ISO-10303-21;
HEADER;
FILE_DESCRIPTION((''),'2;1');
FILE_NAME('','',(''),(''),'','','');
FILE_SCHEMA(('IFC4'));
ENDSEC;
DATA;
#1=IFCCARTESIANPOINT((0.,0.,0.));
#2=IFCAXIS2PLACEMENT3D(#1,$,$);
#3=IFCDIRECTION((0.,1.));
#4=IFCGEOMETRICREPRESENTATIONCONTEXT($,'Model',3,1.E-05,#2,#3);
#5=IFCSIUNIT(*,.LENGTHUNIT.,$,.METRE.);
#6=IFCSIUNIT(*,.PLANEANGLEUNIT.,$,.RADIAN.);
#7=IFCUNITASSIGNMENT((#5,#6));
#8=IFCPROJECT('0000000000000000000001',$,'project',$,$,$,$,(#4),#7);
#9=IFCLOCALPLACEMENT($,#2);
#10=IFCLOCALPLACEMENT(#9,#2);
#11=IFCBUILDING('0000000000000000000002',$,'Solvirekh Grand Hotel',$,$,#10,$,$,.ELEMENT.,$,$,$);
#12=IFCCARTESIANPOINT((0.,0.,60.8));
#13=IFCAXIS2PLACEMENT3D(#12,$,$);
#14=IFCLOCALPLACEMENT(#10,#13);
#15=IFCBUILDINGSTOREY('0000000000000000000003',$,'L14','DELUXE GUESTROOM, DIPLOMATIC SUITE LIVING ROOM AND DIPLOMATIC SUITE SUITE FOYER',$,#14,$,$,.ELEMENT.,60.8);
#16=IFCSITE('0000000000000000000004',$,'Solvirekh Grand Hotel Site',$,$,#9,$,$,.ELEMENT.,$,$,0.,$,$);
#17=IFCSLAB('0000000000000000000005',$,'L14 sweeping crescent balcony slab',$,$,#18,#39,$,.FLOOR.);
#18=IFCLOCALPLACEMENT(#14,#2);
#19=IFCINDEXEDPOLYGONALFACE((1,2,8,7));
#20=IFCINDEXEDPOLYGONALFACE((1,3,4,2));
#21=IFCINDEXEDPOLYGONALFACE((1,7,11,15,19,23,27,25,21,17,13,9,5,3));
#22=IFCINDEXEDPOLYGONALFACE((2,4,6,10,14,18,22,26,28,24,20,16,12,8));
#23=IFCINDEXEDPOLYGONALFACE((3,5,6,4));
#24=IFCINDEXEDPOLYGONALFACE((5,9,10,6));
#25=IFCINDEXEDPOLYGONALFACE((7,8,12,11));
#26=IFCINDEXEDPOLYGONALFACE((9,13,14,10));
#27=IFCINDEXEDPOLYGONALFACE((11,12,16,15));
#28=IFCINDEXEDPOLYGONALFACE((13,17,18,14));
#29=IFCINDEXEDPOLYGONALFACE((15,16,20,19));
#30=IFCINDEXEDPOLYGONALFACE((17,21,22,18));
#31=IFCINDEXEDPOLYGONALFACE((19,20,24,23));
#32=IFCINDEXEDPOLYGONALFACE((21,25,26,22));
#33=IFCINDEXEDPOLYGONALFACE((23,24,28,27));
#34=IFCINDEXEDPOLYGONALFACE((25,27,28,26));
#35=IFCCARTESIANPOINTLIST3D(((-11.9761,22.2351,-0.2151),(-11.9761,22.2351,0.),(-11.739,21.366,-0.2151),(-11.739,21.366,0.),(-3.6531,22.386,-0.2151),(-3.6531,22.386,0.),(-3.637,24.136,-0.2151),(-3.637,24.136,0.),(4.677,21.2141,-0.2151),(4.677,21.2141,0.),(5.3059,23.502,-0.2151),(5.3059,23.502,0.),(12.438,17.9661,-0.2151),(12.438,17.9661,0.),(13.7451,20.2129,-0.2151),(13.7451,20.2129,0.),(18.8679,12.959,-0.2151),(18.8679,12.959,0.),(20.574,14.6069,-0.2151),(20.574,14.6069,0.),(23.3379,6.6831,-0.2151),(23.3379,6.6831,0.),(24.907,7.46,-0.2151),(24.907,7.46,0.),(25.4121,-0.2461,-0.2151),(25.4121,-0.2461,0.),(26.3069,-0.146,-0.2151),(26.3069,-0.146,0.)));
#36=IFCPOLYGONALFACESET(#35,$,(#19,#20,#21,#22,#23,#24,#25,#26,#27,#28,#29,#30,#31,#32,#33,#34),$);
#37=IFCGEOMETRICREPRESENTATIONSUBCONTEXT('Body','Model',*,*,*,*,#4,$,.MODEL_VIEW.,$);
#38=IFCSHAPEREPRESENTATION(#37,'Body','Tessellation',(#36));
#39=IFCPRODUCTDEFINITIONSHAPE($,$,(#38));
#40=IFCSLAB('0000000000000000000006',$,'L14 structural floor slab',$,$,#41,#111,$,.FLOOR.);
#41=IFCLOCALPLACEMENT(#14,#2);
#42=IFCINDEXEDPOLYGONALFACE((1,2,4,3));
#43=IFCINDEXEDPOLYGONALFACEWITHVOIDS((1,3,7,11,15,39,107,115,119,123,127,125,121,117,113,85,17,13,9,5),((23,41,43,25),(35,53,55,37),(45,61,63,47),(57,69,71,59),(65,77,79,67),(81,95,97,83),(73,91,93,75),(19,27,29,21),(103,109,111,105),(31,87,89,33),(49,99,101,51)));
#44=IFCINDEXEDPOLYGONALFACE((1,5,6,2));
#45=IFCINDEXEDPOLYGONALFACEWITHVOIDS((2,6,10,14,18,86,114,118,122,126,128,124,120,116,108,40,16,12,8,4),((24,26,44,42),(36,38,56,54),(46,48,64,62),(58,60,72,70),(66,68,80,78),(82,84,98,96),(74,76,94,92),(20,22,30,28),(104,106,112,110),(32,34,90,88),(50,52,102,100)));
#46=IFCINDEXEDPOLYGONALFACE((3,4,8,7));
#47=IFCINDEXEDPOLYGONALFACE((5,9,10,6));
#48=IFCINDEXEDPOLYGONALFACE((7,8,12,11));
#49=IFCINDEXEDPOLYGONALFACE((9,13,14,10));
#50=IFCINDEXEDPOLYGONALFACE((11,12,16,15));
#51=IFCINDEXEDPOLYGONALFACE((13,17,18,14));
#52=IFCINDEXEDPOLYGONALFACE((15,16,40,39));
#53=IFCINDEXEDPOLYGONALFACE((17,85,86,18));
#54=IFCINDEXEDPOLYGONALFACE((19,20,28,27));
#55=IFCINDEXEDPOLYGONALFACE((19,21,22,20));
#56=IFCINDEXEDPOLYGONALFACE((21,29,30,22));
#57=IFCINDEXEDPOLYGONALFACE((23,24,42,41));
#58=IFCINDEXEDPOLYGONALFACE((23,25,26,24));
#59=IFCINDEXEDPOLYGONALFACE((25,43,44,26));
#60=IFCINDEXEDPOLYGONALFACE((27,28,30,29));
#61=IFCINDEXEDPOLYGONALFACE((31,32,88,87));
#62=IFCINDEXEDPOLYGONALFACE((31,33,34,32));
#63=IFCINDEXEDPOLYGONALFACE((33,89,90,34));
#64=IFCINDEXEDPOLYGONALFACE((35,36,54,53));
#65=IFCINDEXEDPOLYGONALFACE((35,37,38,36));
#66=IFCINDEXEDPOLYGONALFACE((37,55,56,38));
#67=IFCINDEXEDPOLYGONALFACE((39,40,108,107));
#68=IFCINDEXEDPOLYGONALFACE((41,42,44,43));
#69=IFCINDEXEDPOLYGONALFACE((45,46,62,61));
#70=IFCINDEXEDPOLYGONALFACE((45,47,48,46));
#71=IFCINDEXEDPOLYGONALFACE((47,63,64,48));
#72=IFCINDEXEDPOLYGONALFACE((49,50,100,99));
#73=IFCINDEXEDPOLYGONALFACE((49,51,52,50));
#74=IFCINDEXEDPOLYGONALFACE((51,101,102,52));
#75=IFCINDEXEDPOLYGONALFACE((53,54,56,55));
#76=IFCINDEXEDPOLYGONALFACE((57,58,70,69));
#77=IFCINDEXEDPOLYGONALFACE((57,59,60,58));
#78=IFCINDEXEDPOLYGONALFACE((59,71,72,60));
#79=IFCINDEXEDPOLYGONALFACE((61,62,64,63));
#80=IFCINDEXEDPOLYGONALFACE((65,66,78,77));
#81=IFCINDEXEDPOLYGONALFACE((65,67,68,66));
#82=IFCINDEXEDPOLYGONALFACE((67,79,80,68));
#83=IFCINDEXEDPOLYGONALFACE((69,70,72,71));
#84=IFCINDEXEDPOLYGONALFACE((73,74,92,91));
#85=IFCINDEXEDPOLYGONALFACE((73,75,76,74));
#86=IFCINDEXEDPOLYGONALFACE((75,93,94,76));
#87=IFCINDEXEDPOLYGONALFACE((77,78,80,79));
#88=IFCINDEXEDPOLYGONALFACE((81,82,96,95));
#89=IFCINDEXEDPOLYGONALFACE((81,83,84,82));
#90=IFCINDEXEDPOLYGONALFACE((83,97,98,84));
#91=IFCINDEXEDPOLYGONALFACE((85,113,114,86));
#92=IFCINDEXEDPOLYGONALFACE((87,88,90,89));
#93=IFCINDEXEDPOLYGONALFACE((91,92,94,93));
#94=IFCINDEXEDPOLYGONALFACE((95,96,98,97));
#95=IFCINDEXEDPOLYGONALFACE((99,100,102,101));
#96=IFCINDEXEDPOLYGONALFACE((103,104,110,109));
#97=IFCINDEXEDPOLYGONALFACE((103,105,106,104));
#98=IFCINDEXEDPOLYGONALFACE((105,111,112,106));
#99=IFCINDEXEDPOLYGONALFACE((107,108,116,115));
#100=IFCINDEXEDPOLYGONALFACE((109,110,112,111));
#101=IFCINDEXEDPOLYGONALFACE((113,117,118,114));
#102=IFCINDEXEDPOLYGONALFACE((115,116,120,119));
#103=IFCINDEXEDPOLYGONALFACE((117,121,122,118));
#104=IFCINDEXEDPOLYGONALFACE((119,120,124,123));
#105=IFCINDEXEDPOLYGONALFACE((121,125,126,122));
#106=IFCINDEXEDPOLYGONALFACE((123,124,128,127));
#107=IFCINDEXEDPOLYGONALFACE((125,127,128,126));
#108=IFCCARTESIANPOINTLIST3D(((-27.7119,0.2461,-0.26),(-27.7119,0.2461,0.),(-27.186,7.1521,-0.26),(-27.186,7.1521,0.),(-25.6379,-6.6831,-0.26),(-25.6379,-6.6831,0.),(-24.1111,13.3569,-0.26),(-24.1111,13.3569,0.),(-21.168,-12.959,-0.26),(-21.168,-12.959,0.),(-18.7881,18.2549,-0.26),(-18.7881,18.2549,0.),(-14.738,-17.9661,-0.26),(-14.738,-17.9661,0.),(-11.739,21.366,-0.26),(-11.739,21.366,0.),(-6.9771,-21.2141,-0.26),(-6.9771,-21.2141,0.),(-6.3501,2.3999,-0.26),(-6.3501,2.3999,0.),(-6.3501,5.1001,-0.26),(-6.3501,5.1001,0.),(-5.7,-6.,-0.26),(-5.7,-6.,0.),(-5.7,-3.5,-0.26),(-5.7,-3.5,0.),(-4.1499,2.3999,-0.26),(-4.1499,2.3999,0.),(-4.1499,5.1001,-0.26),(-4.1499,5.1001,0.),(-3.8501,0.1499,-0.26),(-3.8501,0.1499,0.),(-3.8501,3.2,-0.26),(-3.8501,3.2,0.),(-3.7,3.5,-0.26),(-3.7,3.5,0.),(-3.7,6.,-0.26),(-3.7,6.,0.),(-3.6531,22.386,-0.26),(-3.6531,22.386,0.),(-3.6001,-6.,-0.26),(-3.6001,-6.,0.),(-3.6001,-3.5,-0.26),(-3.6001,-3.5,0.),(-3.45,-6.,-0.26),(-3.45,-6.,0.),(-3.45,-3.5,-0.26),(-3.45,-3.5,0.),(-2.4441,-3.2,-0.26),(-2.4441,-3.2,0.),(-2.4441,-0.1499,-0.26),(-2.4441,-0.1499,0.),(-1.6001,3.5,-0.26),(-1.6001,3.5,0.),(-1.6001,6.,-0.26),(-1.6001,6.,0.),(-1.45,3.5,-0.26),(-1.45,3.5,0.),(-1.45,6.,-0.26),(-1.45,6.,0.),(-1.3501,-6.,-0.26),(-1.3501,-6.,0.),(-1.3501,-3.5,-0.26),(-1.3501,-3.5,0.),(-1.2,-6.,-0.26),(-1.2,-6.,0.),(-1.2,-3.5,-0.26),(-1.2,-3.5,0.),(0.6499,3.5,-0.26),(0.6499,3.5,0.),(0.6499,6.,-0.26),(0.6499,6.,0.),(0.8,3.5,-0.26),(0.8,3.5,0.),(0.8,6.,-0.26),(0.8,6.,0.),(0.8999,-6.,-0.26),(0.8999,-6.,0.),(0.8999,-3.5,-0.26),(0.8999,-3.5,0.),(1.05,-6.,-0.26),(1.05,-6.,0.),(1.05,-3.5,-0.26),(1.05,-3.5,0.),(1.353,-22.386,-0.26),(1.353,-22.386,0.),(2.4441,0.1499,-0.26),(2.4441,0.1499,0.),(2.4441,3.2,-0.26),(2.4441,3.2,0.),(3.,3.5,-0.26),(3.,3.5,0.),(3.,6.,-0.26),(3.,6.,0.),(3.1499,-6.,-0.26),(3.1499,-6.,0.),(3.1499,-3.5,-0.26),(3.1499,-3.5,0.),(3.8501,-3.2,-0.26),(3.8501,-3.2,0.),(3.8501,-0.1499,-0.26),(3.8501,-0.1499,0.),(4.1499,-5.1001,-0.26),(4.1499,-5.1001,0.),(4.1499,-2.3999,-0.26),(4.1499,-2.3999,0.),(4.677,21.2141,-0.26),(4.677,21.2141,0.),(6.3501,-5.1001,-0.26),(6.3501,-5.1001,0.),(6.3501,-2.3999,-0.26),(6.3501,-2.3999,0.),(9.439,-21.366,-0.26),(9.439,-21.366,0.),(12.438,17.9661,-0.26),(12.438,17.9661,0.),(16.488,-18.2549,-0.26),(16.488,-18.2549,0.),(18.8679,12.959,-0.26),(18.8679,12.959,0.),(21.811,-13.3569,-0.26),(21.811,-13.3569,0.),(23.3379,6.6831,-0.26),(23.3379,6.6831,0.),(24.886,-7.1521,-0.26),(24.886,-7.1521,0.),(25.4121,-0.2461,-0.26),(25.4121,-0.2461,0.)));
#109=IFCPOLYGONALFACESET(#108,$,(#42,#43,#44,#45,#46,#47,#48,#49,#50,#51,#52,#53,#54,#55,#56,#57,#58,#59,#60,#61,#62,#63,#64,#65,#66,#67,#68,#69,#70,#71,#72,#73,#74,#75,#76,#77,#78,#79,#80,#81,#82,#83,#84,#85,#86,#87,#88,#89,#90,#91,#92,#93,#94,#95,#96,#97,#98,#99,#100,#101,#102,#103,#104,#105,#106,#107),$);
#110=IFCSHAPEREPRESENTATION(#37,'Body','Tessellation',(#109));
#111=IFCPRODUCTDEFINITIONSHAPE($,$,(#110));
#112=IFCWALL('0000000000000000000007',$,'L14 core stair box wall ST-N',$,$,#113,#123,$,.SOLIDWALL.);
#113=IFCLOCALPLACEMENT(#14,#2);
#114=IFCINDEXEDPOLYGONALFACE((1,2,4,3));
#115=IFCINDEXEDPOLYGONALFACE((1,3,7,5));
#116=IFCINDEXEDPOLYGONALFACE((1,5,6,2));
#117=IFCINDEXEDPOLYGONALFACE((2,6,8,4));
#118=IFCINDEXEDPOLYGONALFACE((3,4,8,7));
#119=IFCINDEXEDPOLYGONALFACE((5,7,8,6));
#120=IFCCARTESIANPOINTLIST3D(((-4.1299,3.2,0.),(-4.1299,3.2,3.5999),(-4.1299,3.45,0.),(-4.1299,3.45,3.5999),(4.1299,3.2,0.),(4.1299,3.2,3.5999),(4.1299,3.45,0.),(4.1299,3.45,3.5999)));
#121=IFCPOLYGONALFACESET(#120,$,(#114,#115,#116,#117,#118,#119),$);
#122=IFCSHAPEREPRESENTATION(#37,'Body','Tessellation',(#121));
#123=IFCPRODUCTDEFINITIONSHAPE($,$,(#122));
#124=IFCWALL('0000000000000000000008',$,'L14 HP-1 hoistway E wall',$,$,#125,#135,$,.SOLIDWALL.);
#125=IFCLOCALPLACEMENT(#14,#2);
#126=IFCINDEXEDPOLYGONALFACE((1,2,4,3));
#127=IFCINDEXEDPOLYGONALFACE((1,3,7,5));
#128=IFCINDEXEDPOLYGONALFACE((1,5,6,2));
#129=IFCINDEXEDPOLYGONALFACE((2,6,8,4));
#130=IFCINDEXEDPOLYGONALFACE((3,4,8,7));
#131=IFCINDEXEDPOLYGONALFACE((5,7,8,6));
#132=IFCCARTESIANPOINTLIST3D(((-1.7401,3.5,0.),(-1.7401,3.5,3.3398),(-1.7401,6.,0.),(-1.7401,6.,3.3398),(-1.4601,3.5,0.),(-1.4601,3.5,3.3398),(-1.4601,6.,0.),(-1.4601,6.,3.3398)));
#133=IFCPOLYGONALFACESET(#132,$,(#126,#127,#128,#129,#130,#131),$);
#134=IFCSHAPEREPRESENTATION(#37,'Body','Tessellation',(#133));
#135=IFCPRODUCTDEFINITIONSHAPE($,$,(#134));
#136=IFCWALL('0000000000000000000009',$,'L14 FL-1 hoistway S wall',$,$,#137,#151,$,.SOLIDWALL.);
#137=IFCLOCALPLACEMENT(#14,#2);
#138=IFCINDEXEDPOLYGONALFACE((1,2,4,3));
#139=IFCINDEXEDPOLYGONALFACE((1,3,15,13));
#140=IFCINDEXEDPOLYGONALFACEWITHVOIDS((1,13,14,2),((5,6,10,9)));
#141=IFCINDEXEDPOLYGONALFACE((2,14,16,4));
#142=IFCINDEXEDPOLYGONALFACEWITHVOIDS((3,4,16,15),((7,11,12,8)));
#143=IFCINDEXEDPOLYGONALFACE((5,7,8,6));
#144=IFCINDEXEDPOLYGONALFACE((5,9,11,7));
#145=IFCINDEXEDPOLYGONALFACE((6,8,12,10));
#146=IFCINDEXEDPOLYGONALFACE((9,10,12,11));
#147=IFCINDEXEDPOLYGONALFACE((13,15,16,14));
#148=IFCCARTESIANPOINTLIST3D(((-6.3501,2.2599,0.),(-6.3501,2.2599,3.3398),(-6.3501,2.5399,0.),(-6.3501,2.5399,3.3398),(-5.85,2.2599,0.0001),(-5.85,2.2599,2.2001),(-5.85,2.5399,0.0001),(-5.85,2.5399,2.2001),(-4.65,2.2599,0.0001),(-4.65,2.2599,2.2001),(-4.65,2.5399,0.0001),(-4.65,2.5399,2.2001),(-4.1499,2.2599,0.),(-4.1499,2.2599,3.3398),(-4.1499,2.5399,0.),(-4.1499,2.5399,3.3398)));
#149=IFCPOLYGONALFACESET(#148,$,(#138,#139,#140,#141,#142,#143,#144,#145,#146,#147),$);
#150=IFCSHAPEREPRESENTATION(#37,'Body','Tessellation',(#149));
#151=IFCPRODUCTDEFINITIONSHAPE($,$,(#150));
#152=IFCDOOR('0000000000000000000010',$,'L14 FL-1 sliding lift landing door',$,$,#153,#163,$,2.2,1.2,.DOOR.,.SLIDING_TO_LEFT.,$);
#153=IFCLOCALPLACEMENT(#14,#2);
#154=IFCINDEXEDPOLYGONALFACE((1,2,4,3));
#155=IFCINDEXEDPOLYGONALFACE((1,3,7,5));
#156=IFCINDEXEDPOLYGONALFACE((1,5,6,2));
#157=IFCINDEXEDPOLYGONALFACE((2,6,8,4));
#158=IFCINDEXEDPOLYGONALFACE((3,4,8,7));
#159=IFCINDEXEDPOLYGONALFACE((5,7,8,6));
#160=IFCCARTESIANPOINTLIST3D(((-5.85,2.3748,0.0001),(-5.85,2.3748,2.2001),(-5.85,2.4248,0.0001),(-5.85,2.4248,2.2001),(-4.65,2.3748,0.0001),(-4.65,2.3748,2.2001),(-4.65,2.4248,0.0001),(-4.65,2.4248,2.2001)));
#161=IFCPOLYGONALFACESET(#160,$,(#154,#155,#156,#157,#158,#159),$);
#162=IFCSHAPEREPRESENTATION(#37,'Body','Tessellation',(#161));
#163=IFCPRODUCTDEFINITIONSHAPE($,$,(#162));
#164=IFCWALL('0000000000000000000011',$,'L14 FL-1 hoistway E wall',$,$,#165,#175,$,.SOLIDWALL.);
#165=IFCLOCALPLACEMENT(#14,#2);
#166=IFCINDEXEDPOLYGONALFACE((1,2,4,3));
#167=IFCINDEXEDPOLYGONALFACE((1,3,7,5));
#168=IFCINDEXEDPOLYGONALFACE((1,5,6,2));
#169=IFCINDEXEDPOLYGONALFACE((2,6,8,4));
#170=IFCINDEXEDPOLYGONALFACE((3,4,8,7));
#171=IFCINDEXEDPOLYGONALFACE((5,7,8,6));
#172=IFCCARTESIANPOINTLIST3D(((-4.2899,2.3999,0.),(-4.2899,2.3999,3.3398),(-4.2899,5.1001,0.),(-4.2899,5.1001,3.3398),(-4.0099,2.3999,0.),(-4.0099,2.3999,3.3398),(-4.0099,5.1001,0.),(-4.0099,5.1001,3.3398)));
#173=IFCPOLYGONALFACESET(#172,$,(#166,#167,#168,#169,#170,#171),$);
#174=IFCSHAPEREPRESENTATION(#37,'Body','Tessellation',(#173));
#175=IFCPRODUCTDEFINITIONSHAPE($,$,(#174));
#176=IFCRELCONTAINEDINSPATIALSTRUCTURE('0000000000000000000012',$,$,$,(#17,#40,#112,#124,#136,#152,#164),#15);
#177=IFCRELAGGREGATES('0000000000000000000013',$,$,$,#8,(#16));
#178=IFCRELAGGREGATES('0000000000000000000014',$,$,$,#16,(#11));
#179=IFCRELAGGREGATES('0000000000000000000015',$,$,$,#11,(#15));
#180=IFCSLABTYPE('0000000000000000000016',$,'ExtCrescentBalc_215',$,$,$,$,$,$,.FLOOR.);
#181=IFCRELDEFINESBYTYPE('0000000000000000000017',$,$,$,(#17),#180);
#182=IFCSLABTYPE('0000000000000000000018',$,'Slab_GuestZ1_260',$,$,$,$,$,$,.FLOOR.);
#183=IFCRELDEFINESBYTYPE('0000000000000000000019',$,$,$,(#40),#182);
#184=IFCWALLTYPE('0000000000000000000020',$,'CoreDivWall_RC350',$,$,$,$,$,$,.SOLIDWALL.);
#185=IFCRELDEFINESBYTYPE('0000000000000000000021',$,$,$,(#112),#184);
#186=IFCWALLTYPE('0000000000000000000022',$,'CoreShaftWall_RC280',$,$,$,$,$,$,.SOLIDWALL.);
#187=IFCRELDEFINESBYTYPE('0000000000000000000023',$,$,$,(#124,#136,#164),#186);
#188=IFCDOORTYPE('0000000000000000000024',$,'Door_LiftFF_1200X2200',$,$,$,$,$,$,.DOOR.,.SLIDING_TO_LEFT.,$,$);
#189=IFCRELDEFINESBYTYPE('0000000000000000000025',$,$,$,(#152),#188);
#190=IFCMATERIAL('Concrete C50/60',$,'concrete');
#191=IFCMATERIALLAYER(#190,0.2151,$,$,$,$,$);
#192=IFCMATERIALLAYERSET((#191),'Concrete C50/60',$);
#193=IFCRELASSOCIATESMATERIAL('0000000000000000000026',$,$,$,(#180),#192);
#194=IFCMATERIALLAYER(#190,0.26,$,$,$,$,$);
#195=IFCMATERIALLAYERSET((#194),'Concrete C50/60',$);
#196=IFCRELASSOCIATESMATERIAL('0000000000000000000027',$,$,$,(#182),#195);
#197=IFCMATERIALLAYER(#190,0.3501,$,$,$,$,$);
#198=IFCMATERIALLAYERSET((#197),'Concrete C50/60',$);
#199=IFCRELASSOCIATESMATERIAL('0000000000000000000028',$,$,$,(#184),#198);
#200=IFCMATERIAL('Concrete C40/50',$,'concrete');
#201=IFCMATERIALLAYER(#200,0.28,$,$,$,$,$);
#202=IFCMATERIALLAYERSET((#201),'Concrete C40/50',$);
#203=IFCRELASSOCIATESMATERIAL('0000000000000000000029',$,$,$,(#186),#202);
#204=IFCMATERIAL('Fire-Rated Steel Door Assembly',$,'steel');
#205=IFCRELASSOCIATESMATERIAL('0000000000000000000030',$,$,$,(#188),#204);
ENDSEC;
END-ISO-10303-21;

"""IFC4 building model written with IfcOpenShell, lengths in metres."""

from ifc_helpers import new_model, si_unit, direction, frame, frame_2d, origin, place, context, subcontext, project, spatial, polyline, rectangle, outline, extrude, material, layer, layer_set, type_object, element, fill, save


model = new_model("IFC4")

# Units and contexts
model_context = context("Model", 3, precision=1e-05, world=origin(), true_north=direction((0.0, 1.0)))
body_context = subcontext(model_context, "Body", "Model", "MODEL_VIEW")
ifc_project = project(units=[si_unit("LENGTHUNIT", "METRE"), si_unit("PLANEANGLEUNIT", "RADIAN")], contexts=[model_context])

# Site, building, storey
site_placement = place(None, origin())
site = spatial("IfcSite", under=ifc_project, at=site_placement, Name="Solvirekh Grand Hotel Site", CompositionType="ELEMENT", RefElevation=0.0)
building_placement = place(site_placement, origin())
building = spatial("IfcBuilding", under=site, at=building_placement, Name="Solvirekh Grand Hotel", CompositionType="ELEMENT")
storey_placement = place(building_placement, frame((0.0, 0.0, 60.8)))
storey = spatial("IfcBuildingStorey", under=building, at=storey_placement, Name="L14", Description="DELUXE GUESTROOM, DIPLOMATIC SUITE LIVING ROOM AND DIPLOMATIC SUITE SUITE FOYER", CompositionType="ELEMENT", Elevation=60.8)

# Slabs
ifc_material_1 = material(Name="Concrete C50/60", Category="concrete")
ifc_layer_1 = layer(ifc_material_1, 0.2151)
ifc_layer_set_1 = layer_set([ifc_layer_1], Name="Concrete C50/60")
slab_type_1 = type_object("IfcSlabType", Name="ExtCrescentBalc_215", PredefinedType="FLOOR", material=ifc_layer_set_1)
slab_1_placement = place(storey_placement, frame((0.0, 0.0, -0.2151)))
element("IfcSlab", 1, at=slab_1_placement, inside=storey, type_object=slab_type_1, Name="L14 sweeping crescent balcony slab", PredefinedType="FLOOR", context=body_context, shape_type="SweptSolid", body=[
    extrude(outline(polyline([(26.3069, -0.146), (24.907, 7.46), (20.574, 14.6069), (13.7451, 20.2129), (5.3059, 23.502), (-3.637, 24.136), (-11.9761, 22.2351), (-11.739, 21.366), (-3.6531, 22.386), (4.677, 21.2141), (12.438, 17.9661), (18.8679, 12.959), (23.3379, 6.6831), (25.4121, -0.2461), (26.3069, -0.146)])), origin(), (0.0, 0.0, 1.0), 0.2151),
])
ifc_layer_2 = layer(ifc_material_1, 0.26)
ifc_layer_set_2 = layer_set([ifc_layer_2], Name="Concrete C50/60")
slab_type_2 = type_object("IfcSlabType", Name="Slab_GuestZ1_260", PredefinedType="FLOOR", material=ifc_layer_set_2)
slab_2_placement = place(storey_placement, frame((0.0, 0.0, -0.26)))
element("IfcSlab", 2, at=slab_2_placement, inside=storey, type_object=slab_type_2, Name="L14 structural floor slab", PredefinedType="FLOOR", context=body_context, shape_type="SweptSolid", body=[
    extrude(outline(polyline([(24.886, -7.1521), (25.4121, -0.2461), (23.3379, 6.6831), (18.8679, 12.959), (12.438, 17.9661), (4.677, 21.2141), (-3.6531, 22.386), (-11.739, 21.366), (-18.7881, 18.2549), (-24.1111, 13.3569), (-27.186, 7.1521), (-27.7119, 0.2461), (-25.6379, -6.6831), (-21.168, -12.959), (-14.738, -17.9661), (-6.9771, -21.2141), (1.353, -22.386), (9.439, -21.366), (16.488, -18.2549), (21.811, -13.3569), (24.886, -7.1521)]), holes=[polyline([(-2.4441, -0.1499), (3.8501, -0.1499), (3.8501, -3.2), (-2.4441, -3.2), (-2.4441, -0.1499)]), polyline([(2.4441, 0.1499), (-3.8501, 0.1499), (-3.8501, 3.2), (2.4441, 3.2), (2.4441, 0.1499)]), polyline([(-5.7, -3.5), (-3.6001, -3.5), (-3.6001, -6.0), (-5.7, -6.0), (-5.7, -3.5)]), polyline([(-3.45, -3.5), (-1.3501, -3.5), (-1.3501, -6.0), (-3.45, -6.0), (-3.45, -3.5)]), polyline([(-1.2, -3.5), (0.8999, -3.5), (0.8999, -6.0), (-1.2, -6.0), (-1.2, -3.5)]), polyline([(1.05, -3.5), (3.1499, -3.5), (3.1499, -6.0), (1.05, -6.0), (1.05, -3.5)]), polyline([(-3.7, 6.0), (-1.6001, 6.0), (-1.6001, 3.5), (-3.7, 3.5), (-3.7, 6.0)]), polyline([(-1.45, 6.0), (0.6499, 6.0), (0.6499, 3.5), (-1.45, 3.5), (-1.45, 6.0)]), polyline([(0.8, 6.0), (3.0, 6.0), (3.0, 3.5), (0.8, 3.5), (0.8, 6.0)]), polyline([(-6.3501, 5.1001), (-4.1499, 5.1001), (-4.1499, 2.3999), (-6.3501, 2.3999), (-6.3501, 5.1001)]), polyline([(4.1499, -2.3999), (6.3501, -2.3999), (6.3501, -5.1001), (4.1499, -5.1001), (4.1499, -2.3999)])]), origin(), (0.0, 0.0, 1.0), 0.26),
])

# Walls
ifc_layer_3 = layer(ifc_material_1, 0.3501)
ifc_layer_set_3 = layer_set([ifc_layer_3], Name="Concrete C50/60")
wall_type_1 = type_object("IfcWallType", Name="CoreDivWall_RC350", PredefinedType="SOLIDWALL", material=ifc_layer_set_3)
wall_1_placement = place(storey_placement, frame((-4.1299, 3.325, 0.0), z_axis=(0.0, 0.0, 1.0), x_axis=(1.0, 0.0, 0.0)))
element("IfcWall", 3, at=wall_1_placement, inside=storey, type_object=wall_type_1, Name="L14 core stair box wall ST-N", PredefinedType="SOLIDWALL", context=body_context, shape_type="SweptSolid", body=[
    extrude(rectangle(XDim=8.2598, YDim=0.25, at=frame_2d((4.1299, 0.0))), origin(), (0.0, 0.0, 1.0), 3.5999),
])
ifc_material_2 = material(Name="Concrete C40/50", Category="concrete")
ifc_layer_4 = layer(ifc_material_2, 0.28)
ifc_layer_set_4 = layer_set([ifc_layer_4], Name="Concrete C40/50")
wall_type_2 = type_object("IfcWallType", Name="CoreShaftWall_RC280", PredefinedType="SOLIDWALL", material=ifc_layer_set_4)
wall_2_placement = place(storey_placement, frame((-1.6001, 3.5, 0.0), z_axis=(0.0, 0.0, 1.0), x_axis=(0.0, 1.0, 0.0)))
element("IfcWall", 4, at=wall_2_placement, inside=storey, type_object=wall_type_2, Name="L14 HP-1 hoistway E wall", PredefinedType="SOLIDWALL", context=body_context, shape_type="SweptSolid", body=[
    extrude(rectangle(XDim=2.5, YDim=0.28, at=frame_2d((1.25, 0.0))), origin(), (0.0, 0.0, 1.0), 3.3398),
])

# Wall, opening, door
wall_3_placement = place(storey_placement, frame((-6.3501, 2.3999, 0.0), z_axis=(0.0, 0.0, 1.0), x_axis=(1.0, 0.0, 0.0)))
wall_3 = element("IfcWall", 5, at=wall_3_placement, inside=storey, type_object=wall_type_2, Name="L14 FL-1 hoistway S wall", PredefinedType="SOLIDWALL", context=body_context, shape_type="SweptSolid", body=[
    extrude(rectangle(XDim=2.2002, YDim=0.28, at=frame_2d((1.1001, 0.0))), origin(), (0.0, 0.0, 1.0), 3.3398),
])
opening_1_placement = place(wall_3_placement, frame((0.5, 0.0, 0.0)))
opening_1 = element("IfcOpeningElement", 6, at=opening_1_placement, cuts=wall_3, PredefinedType="OPENING", context=body_context, shape_type="SweptSolid", body=[
    extrude(rectangle(XDim=1.2, YDim=2.2, at=frame_2d((0.6001, 1.1001))), frame((0.0, 0.1499, 0.0), z_axis=(0.0, -1.0, 0.0), x_axis=(1.0, 0.0, 0.0)), (0.0, 0.0, 1.0), 0.3),
])
ifc_material_3 = material(Name="Fire-Rated Steel Door Assembly", Category="steel")
door_type_1 = type_object("IfcDoorType", Name="Door_LiftFF_1200X2200", OperationType="SLIDING_TO_LEFT", PredefinedType="DOOR", material=ifc_material_3)
door_1_placement = place(opening_1_placement, origin())
door_1 = element("IfcDoor", 7, at=door_1_placement, inside=storey, type_object=door_type_1, Name="L14 FL-1 sliding lift landing door", OperationType="SLIDING_TO_LEFT", OverallHeight=2.2, OverallWidth=1.2, PredefinedType="DOOR", context=body_context, shape_type="SweptSolid", body=[
    extrude(rectangle(XDim=1.2, YDim=2.2, at=frame_2d((0.6001, 1.1001))), frame((0.0, 0.0249, 0.0), z_axis=(0.0, -1.0, 0.0), x_axis=(1.0, 0.0, 0.0)), (0.0, 0.0, 1.0), 0.05),
])
fill(opening_1, door_1)

# Wall
wall_4_placement = place(storey_placement, frame((-4.1499, 2.3999, 0.0), z_axis=(0.0, 0.0, 1.0), x_axis=(0.0, 1.0, 0.0)))
element("IfcWall", 8, at=wall_4_placement, inside=storey, type_object=wall_type_2, Name="L14 FL-1 hoistway E wall", PredefinedType="SOLIDWALL", context=body_context, shape_type="SweptSolid", body=[
    extrude(rectangle(XDim=2.7002, YDim=0.28, at=frame_2d((1.3501, 0.0))), origin(), (0.0, 0.0, 1.0), 3.3398),
])

save(model, "model.ifc")
